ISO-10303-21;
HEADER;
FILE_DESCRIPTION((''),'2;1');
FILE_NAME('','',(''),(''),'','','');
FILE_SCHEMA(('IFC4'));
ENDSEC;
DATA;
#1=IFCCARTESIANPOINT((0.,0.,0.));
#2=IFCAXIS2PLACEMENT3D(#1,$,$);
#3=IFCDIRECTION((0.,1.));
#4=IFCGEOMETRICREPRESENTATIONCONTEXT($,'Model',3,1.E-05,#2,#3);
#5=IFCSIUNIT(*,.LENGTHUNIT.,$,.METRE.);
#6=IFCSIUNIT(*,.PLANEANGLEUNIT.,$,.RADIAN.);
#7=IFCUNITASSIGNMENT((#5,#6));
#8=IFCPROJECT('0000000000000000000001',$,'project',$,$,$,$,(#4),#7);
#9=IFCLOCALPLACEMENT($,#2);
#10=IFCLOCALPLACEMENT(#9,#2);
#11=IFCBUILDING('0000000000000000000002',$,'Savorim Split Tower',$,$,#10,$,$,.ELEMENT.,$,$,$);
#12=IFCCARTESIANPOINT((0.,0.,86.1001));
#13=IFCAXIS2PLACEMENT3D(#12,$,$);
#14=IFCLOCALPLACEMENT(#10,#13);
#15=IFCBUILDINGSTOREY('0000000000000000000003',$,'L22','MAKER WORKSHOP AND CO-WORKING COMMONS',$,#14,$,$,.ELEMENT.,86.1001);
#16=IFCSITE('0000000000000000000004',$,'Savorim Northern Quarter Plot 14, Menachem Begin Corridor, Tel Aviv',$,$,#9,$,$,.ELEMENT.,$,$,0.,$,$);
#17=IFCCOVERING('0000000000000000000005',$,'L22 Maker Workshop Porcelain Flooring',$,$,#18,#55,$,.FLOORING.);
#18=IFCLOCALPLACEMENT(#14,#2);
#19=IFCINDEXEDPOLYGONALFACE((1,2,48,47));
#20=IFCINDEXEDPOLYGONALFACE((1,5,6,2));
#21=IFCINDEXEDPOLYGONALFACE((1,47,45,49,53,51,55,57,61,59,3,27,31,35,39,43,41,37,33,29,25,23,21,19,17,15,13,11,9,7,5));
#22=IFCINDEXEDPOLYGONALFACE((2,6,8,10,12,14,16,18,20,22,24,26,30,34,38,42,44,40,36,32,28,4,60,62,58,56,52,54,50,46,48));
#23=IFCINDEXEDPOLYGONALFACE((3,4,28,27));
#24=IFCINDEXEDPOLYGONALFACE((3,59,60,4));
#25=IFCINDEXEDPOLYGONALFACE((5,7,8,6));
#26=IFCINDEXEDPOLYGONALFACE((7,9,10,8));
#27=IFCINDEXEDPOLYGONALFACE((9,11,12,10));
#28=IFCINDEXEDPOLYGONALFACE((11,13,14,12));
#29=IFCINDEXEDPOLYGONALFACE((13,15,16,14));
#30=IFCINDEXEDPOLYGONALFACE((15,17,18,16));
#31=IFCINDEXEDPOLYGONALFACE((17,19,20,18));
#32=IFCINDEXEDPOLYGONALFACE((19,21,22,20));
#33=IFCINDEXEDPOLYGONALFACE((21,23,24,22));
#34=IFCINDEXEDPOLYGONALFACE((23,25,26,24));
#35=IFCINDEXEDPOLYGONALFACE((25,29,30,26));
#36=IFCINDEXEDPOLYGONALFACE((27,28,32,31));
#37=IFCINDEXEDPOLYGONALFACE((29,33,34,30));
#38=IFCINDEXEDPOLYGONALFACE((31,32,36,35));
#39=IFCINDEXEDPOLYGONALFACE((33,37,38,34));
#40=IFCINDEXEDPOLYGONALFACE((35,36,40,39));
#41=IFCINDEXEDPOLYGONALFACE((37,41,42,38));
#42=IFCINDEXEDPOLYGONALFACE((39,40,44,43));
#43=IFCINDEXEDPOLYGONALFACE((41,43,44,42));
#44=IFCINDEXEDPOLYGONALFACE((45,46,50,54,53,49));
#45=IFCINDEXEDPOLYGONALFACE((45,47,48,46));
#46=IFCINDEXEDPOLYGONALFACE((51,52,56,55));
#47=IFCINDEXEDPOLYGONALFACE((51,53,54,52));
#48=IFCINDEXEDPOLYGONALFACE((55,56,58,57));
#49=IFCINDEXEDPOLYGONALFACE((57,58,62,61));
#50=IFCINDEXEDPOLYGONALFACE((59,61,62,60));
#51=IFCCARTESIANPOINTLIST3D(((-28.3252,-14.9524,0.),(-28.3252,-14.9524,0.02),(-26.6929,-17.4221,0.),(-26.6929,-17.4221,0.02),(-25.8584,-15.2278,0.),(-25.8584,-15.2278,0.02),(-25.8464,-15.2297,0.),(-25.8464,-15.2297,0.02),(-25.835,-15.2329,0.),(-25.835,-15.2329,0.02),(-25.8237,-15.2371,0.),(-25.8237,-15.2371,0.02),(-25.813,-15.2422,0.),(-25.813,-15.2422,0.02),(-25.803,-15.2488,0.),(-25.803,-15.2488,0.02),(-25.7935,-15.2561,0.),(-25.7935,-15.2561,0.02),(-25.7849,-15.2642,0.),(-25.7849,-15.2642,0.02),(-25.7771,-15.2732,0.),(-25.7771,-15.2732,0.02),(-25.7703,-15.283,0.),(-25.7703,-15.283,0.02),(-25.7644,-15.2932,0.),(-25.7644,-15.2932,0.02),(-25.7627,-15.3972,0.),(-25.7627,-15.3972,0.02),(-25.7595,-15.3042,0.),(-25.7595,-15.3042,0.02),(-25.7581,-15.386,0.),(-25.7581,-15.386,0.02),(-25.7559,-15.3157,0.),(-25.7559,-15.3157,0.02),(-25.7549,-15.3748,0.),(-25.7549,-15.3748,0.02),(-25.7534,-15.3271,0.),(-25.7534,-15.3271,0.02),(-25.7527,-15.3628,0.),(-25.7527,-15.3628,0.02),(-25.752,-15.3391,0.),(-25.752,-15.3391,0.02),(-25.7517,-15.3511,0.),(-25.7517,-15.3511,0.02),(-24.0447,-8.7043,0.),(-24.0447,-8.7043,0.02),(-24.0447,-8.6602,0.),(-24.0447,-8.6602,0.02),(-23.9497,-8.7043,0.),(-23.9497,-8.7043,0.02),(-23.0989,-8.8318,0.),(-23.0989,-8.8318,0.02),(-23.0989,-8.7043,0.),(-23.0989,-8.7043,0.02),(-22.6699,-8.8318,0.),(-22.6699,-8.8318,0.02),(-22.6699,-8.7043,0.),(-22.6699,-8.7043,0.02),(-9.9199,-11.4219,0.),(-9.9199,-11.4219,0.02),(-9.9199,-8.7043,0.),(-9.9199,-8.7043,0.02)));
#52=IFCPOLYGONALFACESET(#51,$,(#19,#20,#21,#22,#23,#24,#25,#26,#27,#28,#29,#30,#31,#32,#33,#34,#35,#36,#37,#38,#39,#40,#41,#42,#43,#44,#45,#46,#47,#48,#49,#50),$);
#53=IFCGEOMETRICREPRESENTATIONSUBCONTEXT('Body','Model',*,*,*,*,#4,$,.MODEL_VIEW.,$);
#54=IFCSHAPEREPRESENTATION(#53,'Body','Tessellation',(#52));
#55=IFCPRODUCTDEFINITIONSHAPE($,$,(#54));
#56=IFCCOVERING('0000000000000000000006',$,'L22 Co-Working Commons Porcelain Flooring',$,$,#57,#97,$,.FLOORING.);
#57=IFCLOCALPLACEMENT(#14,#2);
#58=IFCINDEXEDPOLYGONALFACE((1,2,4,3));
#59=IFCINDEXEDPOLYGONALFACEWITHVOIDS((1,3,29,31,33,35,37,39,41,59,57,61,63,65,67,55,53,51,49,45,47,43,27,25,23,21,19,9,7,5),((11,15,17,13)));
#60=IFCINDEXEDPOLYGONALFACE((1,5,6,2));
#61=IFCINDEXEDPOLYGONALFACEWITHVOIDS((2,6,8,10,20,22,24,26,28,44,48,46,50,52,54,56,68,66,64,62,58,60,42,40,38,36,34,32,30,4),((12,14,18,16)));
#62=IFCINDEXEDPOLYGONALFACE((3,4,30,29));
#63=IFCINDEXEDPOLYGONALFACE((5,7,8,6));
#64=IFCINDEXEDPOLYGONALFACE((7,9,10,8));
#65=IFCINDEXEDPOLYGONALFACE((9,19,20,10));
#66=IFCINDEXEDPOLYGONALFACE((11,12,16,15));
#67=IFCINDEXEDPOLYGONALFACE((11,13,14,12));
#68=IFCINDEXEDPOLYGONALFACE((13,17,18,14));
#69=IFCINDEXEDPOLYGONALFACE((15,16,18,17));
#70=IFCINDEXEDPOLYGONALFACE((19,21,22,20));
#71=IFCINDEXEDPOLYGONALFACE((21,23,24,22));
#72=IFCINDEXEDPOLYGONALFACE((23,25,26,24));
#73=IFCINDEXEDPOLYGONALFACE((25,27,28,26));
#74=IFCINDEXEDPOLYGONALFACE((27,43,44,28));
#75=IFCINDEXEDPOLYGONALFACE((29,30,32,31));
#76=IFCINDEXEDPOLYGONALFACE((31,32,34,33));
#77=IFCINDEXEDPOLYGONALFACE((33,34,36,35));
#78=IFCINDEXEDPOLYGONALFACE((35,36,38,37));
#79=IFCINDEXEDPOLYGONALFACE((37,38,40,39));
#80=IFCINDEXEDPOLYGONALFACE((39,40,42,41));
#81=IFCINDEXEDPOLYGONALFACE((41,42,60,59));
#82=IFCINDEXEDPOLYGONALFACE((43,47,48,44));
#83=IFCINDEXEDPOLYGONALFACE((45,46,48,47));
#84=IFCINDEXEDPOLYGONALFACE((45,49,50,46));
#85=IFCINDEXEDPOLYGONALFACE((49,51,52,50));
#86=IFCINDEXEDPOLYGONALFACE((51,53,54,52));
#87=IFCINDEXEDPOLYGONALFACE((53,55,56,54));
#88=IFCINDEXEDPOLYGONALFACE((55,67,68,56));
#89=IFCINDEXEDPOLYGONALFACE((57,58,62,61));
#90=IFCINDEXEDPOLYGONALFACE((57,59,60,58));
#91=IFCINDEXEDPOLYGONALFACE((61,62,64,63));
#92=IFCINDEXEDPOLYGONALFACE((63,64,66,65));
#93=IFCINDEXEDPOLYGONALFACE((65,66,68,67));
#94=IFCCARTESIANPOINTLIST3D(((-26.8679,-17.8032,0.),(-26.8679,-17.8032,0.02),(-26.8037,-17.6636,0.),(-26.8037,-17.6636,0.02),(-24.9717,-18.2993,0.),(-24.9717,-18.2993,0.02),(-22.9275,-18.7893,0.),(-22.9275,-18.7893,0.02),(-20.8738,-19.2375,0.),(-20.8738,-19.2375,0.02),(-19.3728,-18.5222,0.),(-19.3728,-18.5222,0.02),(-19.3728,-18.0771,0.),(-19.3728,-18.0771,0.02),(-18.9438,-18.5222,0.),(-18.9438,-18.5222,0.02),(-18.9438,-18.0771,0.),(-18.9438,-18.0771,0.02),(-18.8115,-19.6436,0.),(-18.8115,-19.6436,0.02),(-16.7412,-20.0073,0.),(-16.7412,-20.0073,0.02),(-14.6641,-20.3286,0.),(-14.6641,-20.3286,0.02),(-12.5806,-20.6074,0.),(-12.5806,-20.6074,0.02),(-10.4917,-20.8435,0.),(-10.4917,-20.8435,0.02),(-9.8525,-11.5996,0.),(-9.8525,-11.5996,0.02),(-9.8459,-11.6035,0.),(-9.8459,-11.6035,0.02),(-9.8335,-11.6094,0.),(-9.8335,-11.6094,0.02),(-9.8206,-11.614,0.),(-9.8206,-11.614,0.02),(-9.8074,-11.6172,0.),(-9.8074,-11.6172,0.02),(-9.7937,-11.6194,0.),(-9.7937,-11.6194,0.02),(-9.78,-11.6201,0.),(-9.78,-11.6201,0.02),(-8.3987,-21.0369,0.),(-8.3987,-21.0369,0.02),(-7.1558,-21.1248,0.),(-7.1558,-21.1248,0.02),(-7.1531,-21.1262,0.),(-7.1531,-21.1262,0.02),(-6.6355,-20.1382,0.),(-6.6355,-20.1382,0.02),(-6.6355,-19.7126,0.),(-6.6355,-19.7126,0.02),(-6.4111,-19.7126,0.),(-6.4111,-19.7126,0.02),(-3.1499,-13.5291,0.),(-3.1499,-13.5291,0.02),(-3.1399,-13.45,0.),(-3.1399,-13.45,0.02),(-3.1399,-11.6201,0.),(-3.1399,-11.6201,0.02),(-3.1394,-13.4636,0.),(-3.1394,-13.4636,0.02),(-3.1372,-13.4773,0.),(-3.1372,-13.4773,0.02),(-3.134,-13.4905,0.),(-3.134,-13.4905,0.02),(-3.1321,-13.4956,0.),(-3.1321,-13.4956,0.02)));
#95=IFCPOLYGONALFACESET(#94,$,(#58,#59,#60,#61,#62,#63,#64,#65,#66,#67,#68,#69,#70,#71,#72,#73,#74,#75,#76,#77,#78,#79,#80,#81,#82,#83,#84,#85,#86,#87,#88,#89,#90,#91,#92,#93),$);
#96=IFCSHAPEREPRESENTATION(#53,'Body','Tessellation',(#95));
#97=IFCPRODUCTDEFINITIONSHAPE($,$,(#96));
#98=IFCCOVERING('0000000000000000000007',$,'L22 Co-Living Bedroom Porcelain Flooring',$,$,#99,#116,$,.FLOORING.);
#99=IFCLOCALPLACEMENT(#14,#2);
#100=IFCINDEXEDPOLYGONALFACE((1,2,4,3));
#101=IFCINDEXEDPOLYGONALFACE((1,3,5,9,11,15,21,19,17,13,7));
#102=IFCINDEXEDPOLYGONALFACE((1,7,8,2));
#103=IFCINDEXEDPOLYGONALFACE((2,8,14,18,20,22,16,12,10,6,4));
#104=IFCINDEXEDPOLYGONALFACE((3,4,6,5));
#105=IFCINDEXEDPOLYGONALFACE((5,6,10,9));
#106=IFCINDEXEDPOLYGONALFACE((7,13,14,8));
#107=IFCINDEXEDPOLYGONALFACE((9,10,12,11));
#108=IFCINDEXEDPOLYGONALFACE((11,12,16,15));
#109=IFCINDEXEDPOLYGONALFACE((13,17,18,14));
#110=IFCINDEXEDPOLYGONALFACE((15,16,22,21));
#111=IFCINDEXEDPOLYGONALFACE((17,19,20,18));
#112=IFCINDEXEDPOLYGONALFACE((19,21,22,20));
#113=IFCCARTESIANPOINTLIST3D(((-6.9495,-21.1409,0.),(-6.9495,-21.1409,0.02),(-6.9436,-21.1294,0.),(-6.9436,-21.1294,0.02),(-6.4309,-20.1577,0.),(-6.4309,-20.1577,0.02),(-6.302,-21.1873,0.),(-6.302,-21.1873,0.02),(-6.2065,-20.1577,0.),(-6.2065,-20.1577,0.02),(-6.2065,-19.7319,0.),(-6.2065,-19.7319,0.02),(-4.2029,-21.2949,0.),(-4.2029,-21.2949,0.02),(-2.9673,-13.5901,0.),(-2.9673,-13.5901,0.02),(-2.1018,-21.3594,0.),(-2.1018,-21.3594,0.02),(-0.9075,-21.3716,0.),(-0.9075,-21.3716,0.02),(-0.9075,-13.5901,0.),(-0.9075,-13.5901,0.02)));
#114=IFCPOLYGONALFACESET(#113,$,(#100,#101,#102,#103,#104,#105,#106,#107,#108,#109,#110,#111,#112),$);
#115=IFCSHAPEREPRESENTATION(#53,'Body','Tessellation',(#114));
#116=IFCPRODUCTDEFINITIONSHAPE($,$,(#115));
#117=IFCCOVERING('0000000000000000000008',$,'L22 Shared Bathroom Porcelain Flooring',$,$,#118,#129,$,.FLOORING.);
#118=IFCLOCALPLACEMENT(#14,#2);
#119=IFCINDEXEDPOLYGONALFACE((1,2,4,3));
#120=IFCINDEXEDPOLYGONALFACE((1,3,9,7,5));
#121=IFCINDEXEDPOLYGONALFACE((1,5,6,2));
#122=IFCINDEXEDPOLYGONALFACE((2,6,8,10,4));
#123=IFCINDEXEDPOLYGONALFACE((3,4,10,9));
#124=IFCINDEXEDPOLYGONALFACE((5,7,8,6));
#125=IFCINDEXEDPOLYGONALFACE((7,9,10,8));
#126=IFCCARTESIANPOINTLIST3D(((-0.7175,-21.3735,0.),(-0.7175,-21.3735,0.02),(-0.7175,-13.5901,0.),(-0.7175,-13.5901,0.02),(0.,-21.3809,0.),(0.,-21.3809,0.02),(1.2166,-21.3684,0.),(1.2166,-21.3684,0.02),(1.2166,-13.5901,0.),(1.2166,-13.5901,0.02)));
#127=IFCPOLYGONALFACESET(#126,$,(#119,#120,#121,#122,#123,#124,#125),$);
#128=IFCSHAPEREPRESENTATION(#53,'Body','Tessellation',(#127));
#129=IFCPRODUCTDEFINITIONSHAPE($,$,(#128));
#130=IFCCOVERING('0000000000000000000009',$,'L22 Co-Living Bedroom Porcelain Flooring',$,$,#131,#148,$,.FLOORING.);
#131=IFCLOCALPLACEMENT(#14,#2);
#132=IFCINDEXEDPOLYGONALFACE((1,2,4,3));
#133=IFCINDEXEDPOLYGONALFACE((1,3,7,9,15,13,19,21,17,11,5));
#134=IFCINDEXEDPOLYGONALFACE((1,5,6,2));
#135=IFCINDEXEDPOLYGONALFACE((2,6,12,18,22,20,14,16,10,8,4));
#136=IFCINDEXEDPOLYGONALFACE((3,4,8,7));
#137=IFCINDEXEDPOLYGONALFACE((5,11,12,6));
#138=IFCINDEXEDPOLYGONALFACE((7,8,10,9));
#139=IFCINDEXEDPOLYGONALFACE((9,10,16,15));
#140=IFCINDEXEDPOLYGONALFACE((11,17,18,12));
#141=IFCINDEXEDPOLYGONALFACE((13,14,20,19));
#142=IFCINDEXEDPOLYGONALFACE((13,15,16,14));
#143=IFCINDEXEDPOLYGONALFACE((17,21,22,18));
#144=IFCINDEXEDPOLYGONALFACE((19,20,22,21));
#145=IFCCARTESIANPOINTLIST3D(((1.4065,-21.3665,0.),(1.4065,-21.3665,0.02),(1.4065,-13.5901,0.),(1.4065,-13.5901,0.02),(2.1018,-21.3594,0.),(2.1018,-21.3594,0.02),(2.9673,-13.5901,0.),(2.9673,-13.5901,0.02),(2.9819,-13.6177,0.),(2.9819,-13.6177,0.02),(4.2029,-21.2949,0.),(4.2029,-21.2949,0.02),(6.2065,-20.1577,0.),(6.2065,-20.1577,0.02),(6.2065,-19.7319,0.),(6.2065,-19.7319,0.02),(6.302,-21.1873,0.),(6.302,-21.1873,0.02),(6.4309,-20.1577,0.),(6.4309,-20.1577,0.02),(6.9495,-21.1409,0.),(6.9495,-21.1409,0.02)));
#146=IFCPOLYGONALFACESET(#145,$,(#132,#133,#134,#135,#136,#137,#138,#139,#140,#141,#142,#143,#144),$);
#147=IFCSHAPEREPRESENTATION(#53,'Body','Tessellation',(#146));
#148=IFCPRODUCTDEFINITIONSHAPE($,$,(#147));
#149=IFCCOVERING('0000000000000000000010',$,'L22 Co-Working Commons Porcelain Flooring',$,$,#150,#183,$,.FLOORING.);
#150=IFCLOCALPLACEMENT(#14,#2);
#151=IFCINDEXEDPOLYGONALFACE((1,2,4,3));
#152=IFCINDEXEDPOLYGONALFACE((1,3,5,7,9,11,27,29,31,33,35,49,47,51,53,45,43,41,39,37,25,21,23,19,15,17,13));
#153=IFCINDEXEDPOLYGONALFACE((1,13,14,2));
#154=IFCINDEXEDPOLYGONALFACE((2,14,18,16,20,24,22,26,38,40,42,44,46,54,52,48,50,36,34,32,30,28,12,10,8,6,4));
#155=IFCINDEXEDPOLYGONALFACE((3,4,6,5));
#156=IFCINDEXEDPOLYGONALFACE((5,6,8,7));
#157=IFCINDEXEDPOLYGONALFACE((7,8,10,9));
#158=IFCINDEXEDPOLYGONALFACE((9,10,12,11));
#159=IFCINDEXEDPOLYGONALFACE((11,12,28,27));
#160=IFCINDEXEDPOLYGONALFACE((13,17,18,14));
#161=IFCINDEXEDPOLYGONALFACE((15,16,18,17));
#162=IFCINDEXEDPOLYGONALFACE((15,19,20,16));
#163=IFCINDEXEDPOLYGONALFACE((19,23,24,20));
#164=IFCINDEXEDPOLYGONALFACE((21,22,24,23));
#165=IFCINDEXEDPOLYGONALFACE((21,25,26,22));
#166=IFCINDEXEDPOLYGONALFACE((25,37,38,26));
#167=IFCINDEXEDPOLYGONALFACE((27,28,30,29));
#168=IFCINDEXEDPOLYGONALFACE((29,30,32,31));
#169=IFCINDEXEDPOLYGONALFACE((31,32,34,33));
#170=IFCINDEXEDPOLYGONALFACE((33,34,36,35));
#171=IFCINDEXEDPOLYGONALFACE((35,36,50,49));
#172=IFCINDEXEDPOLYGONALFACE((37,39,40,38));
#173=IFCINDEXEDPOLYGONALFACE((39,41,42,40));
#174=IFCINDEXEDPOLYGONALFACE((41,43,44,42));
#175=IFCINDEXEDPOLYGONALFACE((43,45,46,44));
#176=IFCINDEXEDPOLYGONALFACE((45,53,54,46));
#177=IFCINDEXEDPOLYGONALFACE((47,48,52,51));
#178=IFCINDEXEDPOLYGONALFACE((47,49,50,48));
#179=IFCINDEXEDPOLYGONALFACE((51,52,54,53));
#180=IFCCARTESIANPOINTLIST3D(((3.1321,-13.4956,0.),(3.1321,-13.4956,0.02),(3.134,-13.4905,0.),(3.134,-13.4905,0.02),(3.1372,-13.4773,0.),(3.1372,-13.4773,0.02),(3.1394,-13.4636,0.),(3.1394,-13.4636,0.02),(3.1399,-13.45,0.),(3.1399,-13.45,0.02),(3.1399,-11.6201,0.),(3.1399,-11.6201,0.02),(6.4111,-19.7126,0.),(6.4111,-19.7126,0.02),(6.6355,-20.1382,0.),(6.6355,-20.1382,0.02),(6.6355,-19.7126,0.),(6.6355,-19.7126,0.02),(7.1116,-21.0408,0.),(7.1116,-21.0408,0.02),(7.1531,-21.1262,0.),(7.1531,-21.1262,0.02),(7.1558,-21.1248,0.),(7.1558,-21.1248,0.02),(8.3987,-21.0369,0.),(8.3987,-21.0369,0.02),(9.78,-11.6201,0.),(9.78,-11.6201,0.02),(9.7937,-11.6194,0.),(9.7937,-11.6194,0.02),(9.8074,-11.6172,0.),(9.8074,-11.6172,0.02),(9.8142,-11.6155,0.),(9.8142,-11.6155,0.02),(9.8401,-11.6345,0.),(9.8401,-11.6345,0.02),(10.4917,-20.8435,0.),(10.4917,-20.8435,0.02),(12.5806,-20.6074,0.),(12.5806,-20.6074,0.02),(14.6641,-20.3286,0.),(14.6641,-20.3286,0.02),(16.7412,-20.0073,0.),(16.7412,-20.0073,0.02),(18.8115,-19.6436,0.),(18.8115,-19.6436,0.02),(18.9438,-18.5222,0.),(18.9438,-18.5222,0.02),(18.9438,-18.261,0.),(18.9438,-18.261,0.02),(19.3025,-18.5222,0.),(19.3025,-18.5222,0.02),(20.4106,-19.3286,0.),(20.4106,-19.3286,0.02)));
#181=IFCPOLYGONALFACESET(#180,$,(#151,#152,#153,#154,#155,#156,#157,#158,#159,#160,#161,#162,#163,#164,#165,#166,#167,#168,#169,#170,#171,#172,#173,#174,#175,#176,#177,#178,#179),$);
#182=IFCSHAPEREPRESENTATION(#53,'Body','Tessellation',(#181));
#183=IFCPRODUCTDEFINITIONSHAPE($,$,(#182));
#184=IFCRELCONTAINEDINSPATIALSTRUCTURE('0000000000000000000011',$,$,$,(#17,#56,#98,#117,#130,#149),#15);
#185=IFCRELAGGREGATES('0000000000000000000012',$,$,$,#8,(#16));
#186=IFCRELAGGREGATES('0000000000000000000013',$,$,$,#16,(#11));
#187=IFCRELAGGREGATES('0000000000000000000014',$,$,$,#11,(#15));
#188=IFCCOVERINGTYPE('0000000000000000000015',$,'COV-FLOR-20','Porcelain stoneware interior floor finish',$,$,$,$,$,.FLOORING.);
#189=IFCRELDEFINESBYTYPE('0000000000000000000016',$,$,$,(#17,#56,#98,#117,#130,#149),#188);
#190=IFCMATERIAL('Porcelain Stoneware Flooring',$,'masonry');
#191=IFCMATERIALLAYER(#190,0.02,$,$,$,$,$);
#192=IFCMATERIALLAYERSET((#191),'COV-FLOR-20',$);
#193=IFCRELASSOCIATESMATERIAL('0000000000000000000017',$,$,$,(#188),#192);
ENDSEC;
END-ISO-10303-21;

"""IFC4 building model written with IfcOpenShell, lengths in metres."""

from ifc_helpers import new_model, si_unit, direction, frame, origin, place, context, subcontext, project, spatial, polyline, outline, extrude, material, layer, layer_set, type_object, element, save


model = new_model("IFC4")

# Units and contexts
model_context = context("Model", 3, precision=1e-05, world=origin(), true_north=direction((0.0, 1.0)))
body_context = subcontext(model_context, "Body", "Model", "MODEL_VIEW")
ifc_project = project(units=[si_unit("LENGTHUNIT", "METRE"), si_unit("PLANEANGLEUNIT", "RADIAN")], contexts=[model_context])

# Site, building, storey
site_placement = place(None, origin())
site = spatial("IfcSite", under=ifc_project, at=site_placement, Name="Savorim Northern Quarter Plot 14, Menachem Begin Corridor, Tel Aviv", CompositionType="ELEMENT", RefElevation=0.0)
building_placement = place(site_placement, origin())
building = spatial("IfcBuilding", under=site, at=building_placement, Name="Savorim Split Tower", CompositionType="ELEMENT")
storey_placement = place(building_placement, frame((0.0, 0.0, 86.1001)))
storey = spatial("IfcBuildingStorey", under=building, at=storey_placement, Name="L22", Description="MAKER WORKSHOP AND CO-WORKING COMMONS", CompositionType="ELEMENT", Elevation=86.1001)

# Coverings
ifc_material_1 = material(Name="Porcelain Stoneware Flooring", Category="masonry")
ifc_layer_1 = layer(ifc_material_1, 0.02)
ifc_layer_set_1 = layer_set([ifc_layer_1], Name="COV-FLOR-20")
covering_type_1 = type_object("IfcCoveringType", Name="COV-FLOR-20", Description="Porcelain stoneware interior floor finish", PredefinedType="FLOORING", material=ifc_layer_set_1)
covering_1_placement = place(storey_placement, origin())
element("IfcCovering", 1, at=covering_1_placement, inside=storey, type_object=covering_type_1, Name="L22 Maker Workshop Porcelain Flooring", PredefinedType="FLOORING", context=body_context, shape_type="SweptSolid", body=[
    extrude(outline(polyline([(-25.7517, -15.3511), (-25.7527, -15.3628), (-25.7549, -15.3748), (-25.7581, -15.386), (-25.7627, -15.3972), (-26.6929, -17.4221), (-9.9199, -11.4219), (-9.9199, -8.7043), (-22.6699, -8.7043), (-22.6699, -8.8318), (-23.0989, -8.8318), (-23.0989, -8.7043), (-23.9497, -8.7043), (-24.0447, -8.7043), (-24.0447, -8.6602), (-28.3252, -14.9524), (-25.8584, -15.2278), (-25.8464, -15.2297), (-25.835, -15.2329), (-25.8237, -15.2371), (-25.813, -15.2422), (-25.803, -15.2488), (-25.7935, -15.2561), (-25.7849, -15.2642), (-25.7771, -15.2732), (-25.7703, -15.283), (-25.7644, -15.2932), (-25.7595, -15.3042), (-25.7559, -15.3157), (-25.7534, -15.3271), (-25.752, -15.3391), (-25.7517, -15.3511)])), origin(), (0.0, 0.0, 1.0), 0.02),
])
covering_2_placement = place(storey_placement, origin())
element("IfcCovering", 2, at=covering_2_placement, inside=storey, type_object=covering_type_1, Name="L22 Co-Working Commons Porcelain Flooring", PredefinedType="FLOORING", context=body_context, shape_type="SweptSolid", body=[
    extrude(outline(polyline([(-9.8206, -11.614), (-9.8335, -11.6094), (-9.8459, -11.6035), (-9.8525, -11.5996), (-26.8037, -17.6636), (-26.8679, -17.8032), (-24.9717, -18.2993), (-22.9275, -18.7893), (-20.8738, -19.2375), (-18.8115, -19.6436), (-16.7412, -20.0073), (-14.6641, -20.3286), (-12.5806, -20.6074), (-10.4917, -20.8435), (-8.3987, -21.0369), (-7.1531, -21.1262), (-7.1558, -21.1248), (-6.6355, -20.1382), (-6.6355, -19.7126), (-6.4111, -19.7126), (-3.1499, -13.5291), (-3.1321, -13.4956), (-3.134, -13.4905), (-3.1372, -13.4773), (-3.1394, -13.4636), (-3.1399, -13.45), (-3.1399, -11.6201), (-9.78, -11.6201), (-9.7937, -11.6194), (-9.8074, -11.6172), (-9.8206, -11.614)]), holes=[polyline([(-19.3728, -18.5222), (-18.9438, -18.5222), (-18.9438, -18.0771), (-19.3728, -18.0771), (-19.3728, -18.5222)])]), origin(), (0.0, 0.0, 1.0), 0.02),
])
covering_3_placement = place(storey_placement, origin())
element("IfcCovering", 3, at=covering_3_placement, inside=storey, type_object=covering_type_1, Name="L22 Co-Living Bedroom Porcelain Flooring", PredefinedType="FLOORING", context=body_context, shape_type="SweptSolid", body=[
    extrude(outline(polyline([(-6.302, -21.1873), (-4.2029, -21.2949), (-2.1018, -21.3594), (-0.9075, -21.3716), (-0.9075, -13.5901), (-2.9673, -13.5901), (-6.2065, -19.7319), (-6.2065, -20.1577), (-6.4309, -20.1577), (-6.9436, -21.1294), (-6.9495, -21.1409), (-6.302, -21.1873)])), origin(), (0.0, 0.0, 1.0), 0.02),
])
covering_4_placement = place(storey_placement, origin())
element("IfcCovering", 4, at=covering_4_placement, inside=storey, type_object=covering_type_1, Name="L22 Shared Bathroom Porcelain Flooring", PredefinedType="FLOORING", context=body_context, shape_type="SweptSolid", body=[
    extrude(outline(polyline([(-0.7175, -13.5901), (-0.7175, -21.3735), (0.0, -21.3809), (1.2166, -21.3684), (1.2166, -13.5901), (-0.7175, -13.5901)])), origin(), (0.0, 0.0, 1.0), 0.02),
])
covering_5_placement = place(storey_placement, origin())
element("IfcCovering", 5, at=covering_5_placement, inside=storey, type_object=covering_type_1, Name="L22 Co-Living Bedroom Porcelain Flooring", PredefinedType="FLOORING", context=body_context, shape_type="SweptSolid", body=[
    extrude(outline(polyline([(1.4065, -21.3665), (2.1018, -21.3594), (4.2029, -21.2949), (6.302, -21.1873), (6.9495, -21.1409), (6.4309, -20.1577), (6.2065, -20.1577), (6.2065, -19.7319), (2.9819, -13.6177), (2.9673, -13.5901), (1.4065, -13.5901), (1.4065, -21.3665)])), origin(), (0.0, 0.0, 1.0), 0.02),
])
covering_6_placement = place(storey_placement, origin())
element("IfcCovering", 6, at=covering_6_placement, inside=storey, type_object=covering_type_1, Name="L22 Co-Working Commons Porcelain Flooring", PredefinedType="FLOORING", context=body_context, shape_type="SweptSolid", body=[
    extrude(outline(polyline([(12.5806, -20.6074), (14.6641, -20.3286), (16.7412, -20.0073), (18.8115, -19.6436), (20.4106, -19.3286), (19.3025, -18.5222), (18.9438, -18.5222), (18.9438, -18.261), (9.8401, -11.6345), (9.8142, -11.6155), (9.8074, -11.6172), (9.7937, -11.6194), (9.78, -11.6201), (3.1399, -11.6201), (3.1399, -13.45), (3.1394, -13.4636), (3.1372, -13.4773), (3.134, -13.4905), (3.1321, -13.4956), (6.4111, -19.7126), (6.6355, -19.7126), (6.6355, -20.1382), (7.1116, -21.0408), (7.1558, -21.1248), (7.1531, -21.1262), (8.3987, -21.0369), (10.4917, -20.8435), (12.5806, -20.6074)])), origin(), (0.0, 0.0, 1.0), 0.02),
])

save(model, "model.ifc")
